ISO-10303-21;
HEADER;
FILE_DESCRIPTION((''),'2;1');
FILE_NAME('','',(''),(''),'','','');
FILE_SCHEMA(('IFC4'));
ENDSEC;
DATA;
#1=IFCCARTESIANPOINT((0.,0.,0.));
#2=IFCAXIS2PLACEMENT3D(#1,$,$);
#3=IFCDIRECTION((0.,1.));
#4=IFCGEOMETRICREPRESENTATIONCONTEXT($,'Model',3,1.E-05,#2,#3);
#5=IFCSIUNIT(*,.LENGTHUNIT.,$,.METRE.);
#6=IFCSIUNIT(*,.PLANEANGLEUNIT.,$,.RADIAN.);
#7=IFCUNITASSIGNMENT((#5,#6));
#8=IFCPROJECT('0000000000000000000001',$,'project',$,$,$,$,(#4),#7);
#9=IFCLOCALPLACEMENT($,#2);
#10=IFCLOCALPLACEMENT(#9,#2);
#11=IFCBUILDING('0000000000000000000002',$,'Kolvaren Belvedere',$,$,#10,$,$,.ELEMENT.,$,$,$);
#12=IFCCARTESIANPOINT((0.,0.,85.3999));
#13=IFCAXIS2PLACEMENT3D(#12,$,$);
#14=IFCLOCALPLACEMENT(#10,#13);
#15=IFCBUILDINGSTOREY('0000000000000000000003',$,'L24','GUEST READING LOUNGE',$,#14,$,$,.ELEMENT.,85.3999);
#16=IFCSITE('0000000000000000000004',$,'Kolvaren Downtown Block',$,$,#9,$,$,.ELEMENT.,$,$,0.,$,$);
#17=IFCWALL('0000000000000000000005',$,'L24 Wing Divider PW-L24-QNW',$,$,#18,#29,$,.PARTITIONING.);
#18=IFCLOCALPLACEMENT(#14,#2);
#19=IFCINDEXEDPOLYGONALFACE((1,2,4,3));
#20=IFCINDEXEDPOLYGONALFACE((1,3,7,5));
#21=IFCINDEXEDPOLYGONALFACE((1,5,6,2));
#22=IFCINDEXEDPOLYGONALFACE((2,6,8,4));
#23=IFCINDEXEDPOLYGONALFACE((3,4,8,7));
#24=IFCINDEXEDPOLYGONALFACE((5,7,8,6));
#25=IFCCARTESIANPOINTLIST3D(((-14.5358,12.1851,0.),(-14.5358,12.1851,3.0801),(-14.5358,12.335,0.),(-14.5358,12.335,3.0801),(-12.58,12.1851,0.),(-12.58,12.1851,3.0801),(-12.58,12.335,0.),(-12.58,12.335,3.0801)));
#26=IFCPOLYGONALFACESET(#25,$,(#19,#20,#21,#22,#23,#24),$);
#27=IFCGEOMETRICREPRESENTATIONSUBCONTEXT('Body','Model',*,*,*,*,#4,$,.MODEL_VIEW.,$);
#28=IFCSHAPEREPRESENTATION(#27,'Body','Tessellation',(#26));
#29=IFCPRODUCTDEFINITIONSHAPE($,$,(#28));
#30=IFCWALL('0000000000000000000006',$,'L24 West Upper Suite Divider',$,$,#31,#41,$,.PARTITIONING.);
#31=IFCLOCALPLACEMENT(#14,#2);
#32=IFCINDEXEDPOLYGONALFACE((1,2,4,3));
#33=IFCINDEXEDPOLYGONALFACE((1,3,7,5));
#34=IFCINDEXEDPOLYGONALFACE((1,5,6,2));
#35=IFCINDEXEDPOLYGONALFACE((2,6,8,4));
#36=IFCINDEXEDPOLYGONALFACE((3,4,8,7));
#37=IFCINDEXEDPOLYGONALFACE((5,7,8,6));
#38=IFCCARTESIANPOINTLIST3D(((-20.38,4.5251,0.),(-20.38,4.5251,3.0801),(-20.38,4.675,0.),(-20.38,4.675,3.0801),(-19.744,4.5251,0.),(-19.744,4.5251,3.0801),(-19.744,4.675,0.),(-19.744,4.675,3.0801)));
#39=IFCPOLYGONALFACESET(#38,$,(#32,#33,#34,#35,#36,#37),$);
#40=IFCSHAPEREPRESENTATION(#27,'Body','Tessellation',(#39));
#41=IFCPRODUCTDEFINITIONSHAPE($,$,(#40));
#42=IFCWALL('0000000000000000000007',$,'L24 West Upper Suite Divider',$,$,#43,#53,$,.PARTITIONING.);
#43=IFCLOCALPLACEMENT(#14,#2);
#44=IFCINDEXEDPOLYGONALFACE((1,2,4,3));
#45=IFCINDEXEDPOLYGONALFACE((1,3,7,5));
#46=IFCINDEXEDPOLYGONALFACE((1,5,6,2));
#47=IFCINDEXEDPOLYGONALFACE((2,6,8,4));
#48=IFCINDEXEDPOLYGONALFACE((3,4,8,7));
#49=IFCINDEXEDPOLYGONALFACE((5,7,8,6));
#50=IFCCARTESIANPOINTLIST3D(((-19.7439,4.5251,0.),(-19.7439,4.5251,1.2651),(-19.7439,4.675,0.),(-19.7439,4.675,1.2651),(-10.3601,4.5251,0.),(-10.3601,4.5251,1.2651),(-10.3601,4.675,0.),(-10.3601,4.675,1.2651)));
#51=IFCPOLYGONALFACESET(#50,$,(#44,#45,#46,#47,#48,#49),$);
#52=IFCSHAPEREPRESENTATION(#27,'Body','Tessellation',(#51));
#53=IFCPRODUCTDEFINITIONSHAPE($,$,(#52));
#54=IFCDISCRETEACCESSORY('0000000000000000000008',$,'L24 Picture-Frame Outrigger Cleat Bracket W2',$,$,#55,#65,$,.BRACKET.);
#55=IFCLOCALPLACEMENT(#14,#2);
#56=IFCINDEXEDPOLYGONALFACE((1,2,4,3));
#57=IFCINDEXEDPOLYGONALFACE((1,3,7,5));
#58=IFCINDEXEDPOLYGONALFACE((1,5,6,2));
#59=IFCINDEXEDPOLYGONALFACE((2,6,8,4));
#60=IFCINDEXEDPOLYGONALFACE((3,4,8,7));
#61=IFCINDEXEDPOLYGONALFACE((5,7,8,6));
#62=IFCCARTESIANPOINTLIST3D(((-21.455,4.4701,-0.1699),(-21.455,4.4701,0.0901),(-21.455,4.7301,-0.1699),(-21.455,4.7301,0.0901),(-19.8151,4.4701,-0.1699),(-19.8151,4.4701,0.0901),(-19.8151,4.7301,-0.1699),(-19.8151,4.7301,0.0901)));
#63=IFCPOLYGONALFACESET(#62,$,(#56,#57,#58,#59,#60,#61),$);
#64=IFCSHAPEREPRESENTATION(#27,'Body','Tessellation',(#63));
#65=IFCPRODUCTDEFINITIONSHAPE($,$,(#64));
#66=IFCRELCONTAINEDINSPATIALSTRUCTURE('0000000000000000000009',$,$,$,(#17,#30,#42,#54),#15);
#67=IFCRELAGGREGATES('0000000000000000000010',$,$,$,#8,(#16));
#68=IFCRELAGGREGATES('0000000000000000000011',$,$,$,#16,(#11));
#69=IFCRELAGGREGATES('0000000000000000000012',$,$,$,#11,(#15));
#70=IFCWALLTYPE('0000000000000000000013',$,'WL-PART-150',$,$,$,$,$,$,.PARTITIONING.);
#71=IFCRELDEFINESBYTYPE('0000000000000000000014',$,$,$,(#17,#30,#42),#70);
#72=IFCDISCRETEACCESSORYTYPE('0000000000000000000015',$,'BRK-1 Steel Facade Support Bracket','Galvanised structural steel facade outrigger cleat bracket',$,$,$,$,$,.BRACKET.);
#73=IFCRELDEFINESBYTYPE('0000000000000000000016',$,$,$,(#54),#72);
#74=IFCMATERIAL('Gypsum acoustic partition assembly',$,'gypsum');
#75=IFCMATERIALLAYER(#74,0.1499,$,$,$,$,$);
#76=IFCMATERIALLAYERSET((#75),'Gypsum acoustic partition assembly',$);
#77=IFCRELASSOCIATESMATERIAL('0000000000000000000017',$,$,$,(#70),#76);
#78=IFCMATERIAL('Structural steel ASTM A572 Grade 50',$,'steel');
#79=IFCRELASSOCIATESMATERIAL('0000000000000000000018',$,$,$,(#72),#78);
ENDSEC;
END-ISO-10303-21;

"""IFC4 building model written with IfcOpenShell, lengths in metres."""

from ifc_helpers import new_model, si_unit, direction, frame, frame_2d, origin, origin_2d, place, context, subcontext, project, spatial, rectangle, extrude, material, layer, layer_set, type_object, element, save


model = new_model("IFC4")

# Units and contexts
model_context = context("Model", 3, precision=1e-05, world=origin(), true_north=direction((0.0, 1.0)))
body_context = subcontext(model_context, "Body", "Model", "MODEL_VIEW")
ifc_project = project(units=[si_unit("LENGTHUNIT", "METRE"), si_unit("PLANEANGLEUNIT", "RADIAN")], contexts=[model_context])

# Site, building, storey
site_placement = place(None, origin())
site = spatial("IfcSite", under=ifc_project, at=site_placement, Name="Kolvaren Downtown Block", CompositionType="ELEMENT", RefElevation=0.0)
building_placement = place(site_placement, origin())
building = spatial("IfcBuilding", under=site, at=building_placement, Name="Kolvaren Belvedere", CompositionType="ELEMENT")
storey_placement = place(building_placement, frame((0.0, 0.0, 85.3999)))
storey = spatial("IfcBuildingStorey", under=building, at=storey_placement, Name="L24", Description="GUEST READING LOUNGE", CompositionType="ELEMENT", Elevation=85.3999)

# Walls
ifc_material_1 = material(Name="Gypsum acoustic partition assembly", Category="gypsum")
ifc_layer_1 = layer(ifc_material_1, 0.1499)
ifc_layer_set_1 = layer_set([ifc_layer_1], Name="Gypsum acoustic partition assembly")
wall_type_1 = type_object("IfcWallType", Name="WL-PART-150", PredefinedType="PARTITIONING", material=ifc_layer_set_1)
wall_1_placement = place(storey_placement, frame((-14.5359, 12.26, 0.0), z_axis=(0.0, 0.0, 1.0), x_axis=(1.0, 0.0, 0.0)))
element("IfcWall", 1, at=wall_1_placement, inside=storey, type_object=wall_type_1, Name="L24 Wing Divider PW-L24-QNW", PredefinedType="PARTITIONING", context=body_context, shape_type="SweptSolid", body=[
    extrude(rectangle(XDim=1.9558, YDim=0.1499, at=frame_2d((0.978, 0.0))), origin(), (0.0, 0.0, 1.0), 3.0801),
])
wall_2_placement = place(storey_placement, frame((-20.3799, 4.6001, 0.0), z_axis=(0.0, 0.0, 1.0), x_axis=(1.0, 0.0, 0.0)))
element("IfcWall", 2, at=wall_2_placement, inside=storey, type_object=wall_type_1, Name="L24 West Upper Suite Divider", PredefinedType="PARTITIONING", context=body_context, shape_type="SweptSolid", body=[
    extrude(rectangle(XDim=0.636, YDim=0.1499, at=frame_2d((0.3179, 0.0))), origin(), (0.0, 0.0, 1.0), 3.0801),
])
wall_3_placement = place(storey_placement, frame((-19.7439, 4.6001, 0.0), z_axis=(0.0, 0.0, 1.0), x_axis=(1.0, 0.0, 0.0)))
element("IfcWall", 3, at=wall_3_placement, inside=storey, type_object=wall_type_1, Name="L24 West Upper Suite Divider", PredefinedType="PARTITIONING", context=body_context, shape_type="SweptSolid", body=[
    extrude(rectangle(XDim=9.3838, YDim=0.1499, at=frame_2d((4.6919, 0.0))), origin(), (0.0, 0.0, 1.0), 1.2651),
])

# Discrete accessory
ifc_material_2 = material(Name="Structural steel ASTM A572 Grade 50", Category="steel")
discrete_accessory_type = type_object("IfcDiscreteAccessoryType", Name="BRK-1 Steel Facade Support Bracket", Description="Galvanised structural steel facade outrigger cleat bracket", PredefinedType="BRACKET", material=ifc_material_2)
discrete_accessory_placement = place(storey_placement, frame((-20.635, 4.6001, -0.1699), z_axis=(0.0, 0.0, 1.0), x_axis=(1.0, 0.0, 0.0)))
element("IfcDiscreteAccessory", 4, at=discrete_accessory_placement, inside=storey, type_object=discrete_accessory_type, Name="L24 Picture-Frame Outrigger Cleat Bracket W2", PredefinedType="BRACKET", context=body_context, shape_type="SweptSolid", body=[
    extrude(rectangle(XDim=1.6399, YDim=0.26, at=origin_2d()), origin(), (0.0, 0.0, 1.0), 0.26),
])

save(model, "model.ifc")
